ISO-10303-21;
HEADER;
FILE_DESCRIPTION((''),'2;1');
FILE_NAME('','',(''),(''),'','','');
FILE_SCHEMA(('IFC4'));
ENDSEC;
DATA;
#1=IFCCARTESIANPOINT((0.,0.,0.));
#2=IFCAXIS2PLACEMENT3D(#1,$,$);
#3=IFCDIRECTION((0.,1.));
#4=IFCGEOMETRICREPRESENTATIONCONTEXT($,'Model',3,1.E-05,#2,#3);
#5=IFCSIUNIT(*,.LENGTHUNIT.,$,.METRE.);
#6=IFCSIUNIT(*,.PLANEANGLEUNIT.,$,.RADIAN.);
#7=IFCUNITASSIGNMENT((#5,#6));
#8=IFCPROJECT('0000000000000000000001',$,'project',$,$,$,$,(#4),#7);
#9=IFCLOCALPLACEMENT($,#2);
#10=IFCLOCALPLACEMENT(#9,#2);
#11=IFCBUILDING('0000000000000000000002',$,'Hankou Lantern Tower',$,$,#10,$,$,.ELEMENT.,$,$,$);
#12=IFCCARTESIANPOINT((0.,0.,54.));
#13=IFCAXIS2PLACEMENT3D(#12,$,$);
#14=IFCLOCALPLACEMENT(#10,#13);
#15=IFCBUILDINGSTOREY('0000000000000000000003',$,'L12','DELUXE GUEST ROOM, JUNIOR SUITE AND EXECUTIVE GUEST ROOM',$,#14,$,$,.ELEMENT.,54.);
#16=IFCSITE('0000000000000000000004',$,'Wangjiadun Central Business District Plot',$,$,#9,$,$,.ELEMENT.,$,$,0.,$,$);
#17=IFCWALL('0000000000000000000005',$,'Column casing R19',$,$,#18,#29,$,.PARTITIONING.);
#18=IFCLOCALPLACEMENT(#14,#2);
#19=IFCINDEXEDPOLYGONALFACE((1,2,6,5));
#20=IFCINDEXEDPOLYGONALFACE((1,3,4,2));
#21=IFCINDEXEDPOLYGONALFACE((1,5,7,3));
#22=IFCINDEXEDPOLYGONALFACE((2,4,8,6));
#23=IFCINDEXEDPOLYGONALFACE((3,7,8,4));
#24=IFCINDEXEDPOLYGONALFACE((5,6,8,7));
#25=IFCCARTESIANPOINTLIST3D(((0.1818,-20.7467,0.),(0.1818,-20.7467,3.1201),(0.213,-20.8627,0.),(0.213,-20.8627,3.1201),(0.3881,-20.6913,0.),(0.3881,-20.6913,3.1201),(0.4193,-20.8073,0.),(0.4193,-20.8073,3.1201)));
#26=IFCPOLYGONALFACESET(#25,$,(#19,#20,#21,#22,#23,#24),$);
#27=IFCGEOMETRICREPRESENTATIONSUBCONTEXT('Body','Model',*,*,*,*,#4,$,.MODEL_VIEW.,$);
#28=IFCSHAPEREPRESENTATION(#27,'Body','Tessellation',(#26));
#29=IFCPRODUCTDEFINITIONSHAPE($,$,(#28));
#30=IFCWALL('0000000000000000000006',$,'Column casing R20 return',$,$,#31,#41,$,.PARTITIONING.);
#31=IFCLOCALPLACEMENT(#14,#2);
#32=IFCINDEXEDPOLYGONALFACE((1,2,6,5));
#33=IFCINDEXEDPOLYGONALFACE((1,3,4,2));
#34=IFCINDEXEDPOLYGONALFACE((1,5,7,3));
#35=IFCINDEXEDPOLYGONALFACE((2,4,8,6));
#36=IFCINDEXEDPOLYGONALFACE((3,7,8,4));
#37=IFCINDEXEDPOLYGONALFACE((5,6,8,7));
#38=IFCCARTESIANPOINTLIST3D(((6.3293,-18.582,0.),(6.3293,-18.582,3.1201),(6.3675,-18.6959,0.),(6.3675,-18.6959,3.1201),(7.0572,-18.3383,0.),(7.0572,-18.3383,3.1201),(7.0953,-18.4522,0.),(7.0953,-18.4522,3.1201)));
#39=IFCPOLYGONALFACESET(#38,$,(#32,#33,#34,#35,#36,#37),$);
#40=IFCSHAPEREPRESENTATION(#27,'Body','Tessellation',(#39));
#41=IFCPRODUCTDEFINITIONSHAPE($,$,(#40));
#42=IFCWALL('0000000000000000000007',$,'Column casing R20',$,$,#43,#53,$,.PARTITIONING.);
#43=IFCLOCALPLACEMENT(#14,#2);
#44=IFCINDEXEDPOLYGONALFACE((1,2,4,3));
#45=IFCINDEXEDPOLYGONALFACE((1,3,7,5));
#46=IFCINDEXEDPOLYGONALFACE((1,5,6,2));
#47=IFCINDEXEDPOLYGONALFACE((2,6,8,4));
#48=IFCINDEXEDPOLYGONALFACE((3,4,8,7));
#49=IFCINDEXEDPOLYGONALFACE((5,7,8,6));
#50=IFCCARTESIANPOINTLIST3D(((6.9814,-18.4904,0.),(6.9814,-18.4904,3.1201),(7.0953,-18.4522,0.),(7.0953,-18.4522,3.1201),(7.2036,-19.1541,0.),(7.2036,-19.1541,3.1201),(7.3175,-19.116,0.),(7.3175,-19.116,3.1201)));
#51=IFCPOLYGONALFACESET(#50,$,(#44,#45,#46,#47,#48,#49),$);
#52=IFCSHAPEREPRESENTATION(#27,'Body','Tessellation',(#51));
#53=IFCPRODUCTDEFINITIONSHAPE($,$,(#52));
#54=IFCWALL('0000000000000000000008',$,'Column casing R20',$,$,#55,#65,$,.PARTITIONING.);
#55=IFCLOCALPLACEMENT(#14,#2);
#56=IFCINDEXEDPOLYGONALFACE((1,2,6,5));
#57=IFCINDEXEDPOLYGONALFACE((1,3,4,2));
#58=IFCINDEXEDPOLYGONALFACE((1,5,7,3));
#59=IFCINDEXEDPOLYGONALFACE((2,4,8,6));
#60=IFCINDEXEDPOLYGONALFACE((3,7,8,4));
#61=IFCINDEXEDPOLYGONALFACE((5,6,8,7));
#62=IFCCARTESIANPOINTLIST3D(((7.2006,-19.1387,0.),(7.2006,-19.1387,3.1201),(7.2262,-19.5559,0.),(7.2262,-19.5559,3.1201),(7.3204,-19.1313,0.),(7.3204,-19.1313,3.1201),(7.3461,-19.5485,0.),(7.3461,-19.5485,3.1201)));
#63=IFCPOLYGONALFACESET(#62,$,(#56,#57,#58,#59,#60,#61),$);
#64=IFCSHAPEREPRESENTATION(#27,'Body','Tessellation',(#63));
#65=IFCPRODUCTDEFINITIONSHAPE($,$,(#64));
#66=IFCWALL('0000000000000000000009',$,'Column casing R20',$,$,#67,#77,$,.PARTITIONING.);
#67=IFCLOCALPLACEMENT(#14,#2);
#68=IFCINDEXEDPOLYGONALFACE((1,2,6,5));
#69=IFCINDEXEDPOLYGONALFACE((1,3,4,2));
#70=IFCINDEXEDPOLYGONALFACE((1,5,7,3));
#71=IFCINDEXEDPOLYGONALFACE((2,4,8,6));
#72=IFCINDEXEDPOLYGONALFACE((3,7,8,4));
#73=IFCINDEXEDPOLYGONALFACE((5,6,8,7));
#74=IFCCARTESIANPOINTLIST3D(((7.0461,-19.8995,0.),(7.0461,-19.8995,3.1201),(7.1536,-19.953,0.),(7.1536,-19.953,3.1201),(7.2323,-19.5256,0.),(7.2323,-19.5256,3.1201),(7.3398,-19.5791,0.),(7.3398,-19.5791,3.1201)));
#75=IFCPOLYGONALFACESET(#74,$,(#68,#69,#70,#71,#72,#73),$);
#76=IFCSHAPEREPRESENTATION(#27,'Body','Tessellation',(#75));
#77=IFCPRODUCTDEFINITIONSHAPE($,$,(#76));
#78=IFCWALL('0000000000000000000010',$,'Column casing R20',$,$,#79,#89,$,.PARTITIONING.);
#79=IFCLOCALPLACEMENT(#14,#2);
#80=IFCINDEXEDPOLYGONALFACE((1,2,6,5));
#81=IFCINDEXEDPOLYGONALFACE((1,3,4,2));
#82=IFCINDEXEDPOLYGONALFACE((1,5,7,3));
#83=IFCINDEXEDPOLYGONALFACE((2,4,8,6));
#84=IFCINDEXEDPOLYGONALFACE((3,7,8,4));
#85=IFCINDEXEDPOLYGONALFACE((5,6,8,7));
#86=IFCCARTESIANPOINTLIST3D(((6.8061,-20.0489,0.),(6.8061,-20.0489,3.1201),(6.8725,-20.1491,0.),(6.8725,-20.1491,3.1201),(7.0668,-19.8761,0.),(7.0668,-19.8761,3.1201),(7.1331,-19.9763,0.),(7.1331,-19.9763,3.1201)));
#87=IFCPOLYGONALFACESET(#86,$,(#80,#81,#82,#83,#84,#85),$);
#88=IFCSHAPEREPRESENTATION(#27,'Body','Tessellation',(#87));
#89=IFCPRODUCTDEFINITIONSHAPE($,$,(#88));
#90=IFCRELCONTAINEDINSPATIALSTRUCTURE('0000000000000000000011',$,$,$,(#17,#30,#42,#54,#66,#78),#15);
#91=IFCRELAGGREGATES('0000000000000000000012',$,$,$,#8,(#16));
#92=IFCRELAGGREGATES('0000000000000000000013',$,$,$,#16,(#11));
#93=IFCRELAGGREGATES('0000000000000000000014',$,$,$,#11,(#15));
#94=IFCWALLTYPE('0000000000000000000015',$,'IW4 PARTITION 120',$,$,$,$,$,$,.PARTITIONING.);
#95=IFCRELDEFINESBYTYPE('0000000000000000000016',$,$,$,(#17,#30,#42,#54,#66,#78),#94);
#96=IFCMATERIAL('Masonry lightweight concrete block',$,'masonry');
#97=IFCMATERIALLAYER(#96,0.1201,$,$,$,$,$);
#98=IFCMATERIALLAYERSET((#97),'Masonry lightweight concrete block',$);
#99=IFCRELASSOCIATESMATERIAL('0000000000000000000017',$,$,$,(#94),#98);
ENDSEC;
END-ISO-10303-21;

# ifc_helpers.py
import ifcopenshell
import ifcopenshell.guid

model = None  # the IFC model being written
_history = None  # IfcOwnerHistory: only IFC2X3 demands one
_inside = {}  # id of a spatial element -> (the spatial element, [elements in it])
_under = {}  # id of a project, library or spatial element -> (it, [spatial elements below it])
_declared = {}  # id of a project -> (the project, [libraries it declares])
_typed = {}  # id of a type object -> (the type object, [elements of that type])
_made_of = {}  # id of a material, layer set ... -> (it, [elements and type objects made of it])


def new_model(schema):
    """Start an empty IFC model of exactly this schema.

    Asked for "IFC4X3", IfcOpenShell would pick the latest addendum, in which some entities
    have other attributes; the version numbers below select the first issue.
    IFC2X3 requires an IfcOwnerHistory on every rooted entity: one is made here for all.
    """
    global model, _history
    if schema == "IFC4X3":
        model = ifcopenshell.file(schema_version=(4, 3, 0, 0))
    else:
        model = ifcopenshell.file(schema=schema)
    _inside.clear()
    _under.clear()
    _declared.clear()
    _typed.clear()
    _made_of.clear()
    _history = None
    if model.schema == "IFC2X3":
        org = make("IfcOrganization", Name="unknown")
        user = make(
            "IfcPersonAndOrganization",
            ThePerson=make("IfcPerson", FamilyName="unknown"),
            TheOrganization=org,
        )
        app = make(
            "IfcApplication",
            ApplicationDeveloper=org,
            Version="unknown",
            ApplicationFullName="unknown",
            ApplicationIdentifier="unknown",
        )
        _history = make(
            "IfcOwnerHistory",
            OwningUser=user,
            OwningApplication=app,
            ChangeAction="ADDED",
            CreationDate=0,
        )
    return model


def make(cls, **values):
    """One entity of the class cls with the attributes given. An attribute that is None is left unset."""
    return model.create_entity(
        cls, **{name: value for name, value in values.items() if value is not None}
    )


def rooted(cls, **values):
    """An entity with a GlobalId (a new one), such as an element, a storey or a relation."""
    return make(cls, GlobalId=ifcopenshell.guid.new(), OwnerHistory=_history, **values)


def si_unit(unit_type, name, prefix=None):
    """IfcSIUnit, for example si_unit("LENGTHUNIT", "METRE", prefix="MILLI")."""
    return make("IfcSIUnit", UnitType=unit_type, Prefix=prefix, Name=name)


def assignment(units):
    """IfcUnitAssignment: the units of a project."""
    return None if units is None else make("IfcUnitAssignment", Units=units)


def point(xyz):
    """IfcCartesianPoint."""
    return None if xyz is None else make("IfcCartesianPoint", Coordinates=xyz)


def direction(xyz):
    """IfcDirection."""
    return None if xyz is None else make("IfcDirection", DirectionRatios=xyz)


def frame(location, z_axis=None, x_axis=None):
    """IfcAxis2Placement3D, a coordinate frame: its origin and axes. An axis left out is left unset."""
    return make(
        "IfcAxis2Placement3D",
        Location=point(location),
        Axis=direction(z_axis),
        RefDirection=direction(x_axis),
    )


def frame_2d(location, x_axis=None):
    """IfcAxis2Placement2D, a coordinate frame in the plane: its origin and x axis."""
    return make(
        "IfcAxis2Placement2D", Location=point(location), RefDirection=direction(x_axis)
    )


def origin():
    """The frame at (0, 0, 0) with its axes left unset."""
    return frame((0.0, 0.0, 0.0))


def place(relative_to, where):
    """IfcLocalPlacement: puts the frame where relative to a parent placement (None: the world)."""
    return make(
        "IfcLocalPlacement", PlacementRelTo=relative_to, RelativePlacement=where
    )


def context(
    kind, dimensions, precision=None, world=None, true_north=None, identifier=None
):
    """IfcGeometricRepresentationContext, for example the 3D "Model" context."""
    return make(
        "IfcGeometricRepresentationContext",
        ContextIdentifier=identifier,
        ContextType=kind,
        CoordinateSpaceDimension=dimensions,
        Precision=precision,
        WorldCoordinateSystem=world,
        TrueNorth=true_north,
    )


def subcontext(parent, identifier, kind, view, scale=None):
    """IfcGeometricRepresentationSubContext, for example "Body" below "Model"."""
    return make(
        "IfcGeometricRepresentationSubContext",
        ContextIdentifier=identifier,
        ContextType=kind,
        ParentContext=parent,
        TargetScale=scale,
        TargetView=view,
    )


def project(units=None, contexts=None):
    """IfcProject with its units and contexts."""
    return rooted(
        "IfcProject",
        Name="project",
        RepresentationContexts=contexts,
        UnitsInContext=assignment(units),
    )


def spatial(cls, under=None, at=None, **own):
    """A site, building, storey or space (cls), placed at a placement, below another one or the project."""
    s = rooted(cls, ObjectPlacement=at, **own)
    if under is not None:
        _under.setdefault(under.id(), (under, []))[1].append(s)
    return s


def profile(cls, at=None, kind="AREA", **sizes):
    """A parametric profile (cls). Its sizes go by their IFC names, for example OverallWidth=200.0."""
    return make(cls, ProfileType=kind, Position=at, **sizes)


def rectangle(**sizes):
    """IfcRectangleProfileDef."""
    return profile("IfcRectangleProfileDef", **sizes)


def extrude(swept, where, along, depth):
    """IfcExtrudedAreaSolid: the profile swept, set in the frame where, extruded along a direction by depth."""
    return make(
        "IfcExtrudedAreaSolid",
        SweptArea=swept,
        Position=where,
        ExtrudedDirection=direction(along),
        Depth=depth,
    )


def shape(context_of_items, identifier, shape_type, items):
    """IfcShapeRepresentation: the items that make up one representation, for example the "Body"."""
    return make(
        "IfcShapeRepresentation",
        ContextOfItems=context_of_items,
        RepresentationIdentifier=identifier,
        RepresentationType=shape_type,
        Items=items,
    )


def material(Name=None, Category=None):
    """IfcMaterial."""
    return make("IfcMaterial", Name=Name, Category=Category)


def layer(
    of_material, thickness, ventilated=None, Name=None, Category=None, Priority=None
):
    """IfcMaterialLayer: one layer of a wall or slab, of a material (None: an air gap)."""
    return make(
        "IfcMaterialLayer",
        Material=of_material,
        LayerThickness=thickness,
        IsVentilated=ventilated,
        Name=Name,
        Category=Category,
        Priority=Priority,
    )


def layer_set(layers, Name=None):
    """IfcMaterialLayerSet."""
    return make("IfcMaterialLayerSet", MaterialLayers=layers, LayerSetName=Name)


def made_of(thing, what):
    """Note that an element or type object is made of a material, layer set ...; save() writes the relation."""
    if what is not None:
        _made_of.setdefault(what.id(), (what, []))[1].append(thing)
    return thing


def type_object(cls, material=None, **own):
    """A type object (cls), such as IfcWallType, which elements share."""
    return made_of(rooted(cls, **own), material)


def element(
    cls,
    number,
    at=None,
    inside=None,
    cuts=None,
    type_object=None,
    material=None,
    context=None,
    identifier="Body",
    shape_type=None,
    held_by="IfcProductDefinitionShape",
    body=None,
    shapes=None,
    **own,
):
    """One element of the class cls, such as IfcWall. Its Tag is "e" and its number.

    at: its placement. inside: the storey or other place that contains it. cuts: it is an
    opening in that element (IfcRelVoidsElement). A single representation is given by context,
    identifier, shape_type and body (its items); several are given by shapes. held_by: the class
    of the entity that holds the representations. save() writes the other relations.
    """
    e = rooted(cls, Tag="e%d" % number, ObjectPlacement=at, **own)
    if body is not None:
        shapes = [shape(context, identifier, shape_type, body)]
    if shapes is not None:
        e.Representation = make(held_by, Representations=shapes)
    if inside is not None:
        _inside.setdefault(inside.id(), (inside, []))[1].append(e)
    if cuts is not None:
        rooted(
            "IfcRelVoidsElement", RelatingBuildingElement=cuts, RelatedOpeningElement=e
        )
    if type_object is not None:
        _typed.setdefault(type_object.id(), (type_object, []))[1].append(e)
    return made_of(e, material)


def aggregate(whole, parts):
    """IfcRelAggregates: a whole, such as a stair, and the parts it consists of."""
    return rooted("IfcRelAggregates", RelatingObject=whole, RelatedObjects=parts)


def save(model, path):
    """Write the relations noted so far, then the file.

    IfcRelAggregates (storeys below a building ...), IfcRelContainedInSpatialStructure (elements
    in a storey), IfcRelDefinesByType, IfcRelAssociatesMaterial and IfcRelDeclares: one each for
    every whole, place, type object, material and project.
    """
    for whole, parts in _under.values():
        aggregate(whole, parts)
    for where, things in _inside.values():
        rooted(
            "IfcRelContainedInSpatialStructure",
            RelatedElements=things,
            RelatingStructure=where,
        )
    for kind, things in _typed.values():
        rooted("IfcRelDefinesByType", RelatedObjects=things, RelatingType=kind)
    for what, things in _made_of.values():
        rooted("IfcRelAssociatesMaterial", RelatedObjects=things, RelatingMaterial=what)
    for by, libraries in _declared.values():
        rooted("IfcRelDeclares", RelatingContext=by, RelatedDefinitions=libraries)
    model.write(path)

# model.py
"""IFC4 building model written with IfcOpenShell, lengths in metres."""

from ifc_helpers import new_model, si_unit, direction, frame, frame_2d, origin, place, context, subcontext, project, spatial, rectangle, extrude, material, layer, layer_set, type_object, element, save


model = new_model("IFC4")

# Units and contexts
model_context = context("Model", 3, precision=1e-05, world=origin(), true_north=direction((0.0, 1.0)))
body_context = subcontext(model_context, "Body", "Model", "MODEL_VIEW")
ifc_project = project(units=[si_unit("LENGTHUNIT", "METRE"), si_unit("PLANEANGLEUNIT", "RADIAN")], contexts=[model_context])

# Site, building, storey
site_placement = place(None, origin())
site = spatial("IfcSite", under=ifc_project, at=site_placement, Name="Wangjiadun Central Business District Plot", CompositionType="ELEMENT", RefElevation=0.0)
building_placement = place(site_placement, origin())
building = spatial("IfcBuilding", under=site, at=building_placement, Name="Hankou Lantern Tower", CompositionType="ELEMENT")
storey_placement = place(building_placement, frame((0.0, 0.0, 54.0)))
storey = spatial("IfcBuildingStorey", under=building, at=storey_placement, Name="L12", Description="DELUXE GUEST ROOM, JUNIOR SUITE AND EXECUTIVE GUEST ROOM", CompositionType="ELEMENT", Elevation=54.0)

# Walls
ifc_material_1 = material(Name="Masonry lightweight concrete block", Category="masonry")
ifc_layer_1 = layer(ifc_material_1, 0.1201)
ifc_layer_set_1 = layer_set([ifc_layer_1], Name="Masonry lightweight concrete block")
wall_type_1 = type_object("IfcWallType", Name="IW4 PARTITION 120", PredefinedType="PARTITIONING", material=ifc_layer_set_1)
wall_1_placement = place(storey_placement, frame((0.4038, -20.7493, 0.0), z_axis=(0.0, 0.0, 1.0), x_axis=(-0.965759, -0.259441, 0.0)))
element("IfcWall", 1, at=wall_1_placement, inside=storey, type_object=wall_type_1, Name="Column casing R19", PredefinedType="PARTITIONING", context=body_context, shape_type="SweptSolid", body=[
    extrude(rectangle(XDim=0.2136, YDim=0.1201, at=frame_2d((0.1069, 0.0))), origin(), (0.0, 0.0, 1.0), 3.1201),
])
wall_2_placement = place(storey_placement, frame((6.3484, -18.6389, 0.0), z_axis=(0.0, 0.0, 1.0), x_axis=(0.948269, 0.317468, 0.0)))
element("IfcWall", 2, at=wall_2_placement, inside=storey, type_object=wall_type_1, Name="Column casing R20 return", PredefinedType="PARTITIONING", context=body_context, shape_type="SweptSolid", body=[
    extrude(rectangle(XDim=0.7676, YDim=0.1201, at=frame_2d((0.3838, 0.0))), origin(), (0.0, 0.0, 1.0), 3.1201),
])
wall_3_placement = place(storey_placement, frame((7.0383, -18.4712, 0.0), z_axis=(0.0, 0.0, 1.0), x_axis=(0.317378, -0.948299, 0.0)))
element("IfcWall", 3, at=wall_3_placement, inside=storey, type_object=wall_type_1, Name="Column casing R20", PredefinedType="PARTITIONING", context=body_context, shape_type="SweptSolid", body=[
    extrude(rectangle(XDim=0.7, YDim=0.1201, at=frame_2d((0.3501, 0.0))), origin(), (0.0, 0.0, 1.0), 3.1201),
])
wall_4_placement = place(storey_placement, frame((7.2605, -19.135, 0.0), z_axis=(0.0, 0.0, 1.0), x_axis=(0.061324, -0.998118, 0.0)))
element("IfcWall", 4, at=wall_4_placement, inside=storey, type_object=wall_type_1, Name="Column casing R20", PredefinedType="PARTITIONING", context=body_context, shape_type="SweptSolid", body=[
    extrude(rectangle(XDim=0.418, YDim=0.1201, at=frame_2d((0.209, 0.0))), origin(), (0.0, 0.0, 1.0), 3.1201),
])
wall_5_placement = place(storey_placement, frame((7.2861, -19.5522, 0.0), z_axis=(0.0, 0.0, 1.0), x_axis=(-0.445811, -0.895127, 0.0)))
element("IfcWall", 5, at=wall_5_placement, inside=storey, type_object=wall_type_1, Name="Column casing R20", PredefinedType="PARTITIONING", context=body_context, shape_type="SweptSolid", body=[
    extrude(rectangle(XDim=0.4177, YDim=0.1201, at=frame_2d((0.209, 0.0))), origin(), (0.0, 0.0, 1.0), 3.1201),
])
wall_6_placement = place(storey_placement, frame((7.0999, -19.9263, 0.0), z_axis=(0.0, 0.0, 1.0), x_axis=(-0.833488, -0.552537, 0.0)))
element("IfcWall", 6, at=wall_6_placement, inside=storey, type_object=wall_type_1, Name="Column casing R20", PredefinedType="PARTITIONING", context=body_context, shape_type="SweptSolid", body=[
    extrude(rectangle(XDim=0.3127, YDim=0.1201, at=frame_2d((0.1562, 0.0))), origin(), (0.0, 0.0, 1.0), 3.1201),
])

save(model, "model.ifc")
